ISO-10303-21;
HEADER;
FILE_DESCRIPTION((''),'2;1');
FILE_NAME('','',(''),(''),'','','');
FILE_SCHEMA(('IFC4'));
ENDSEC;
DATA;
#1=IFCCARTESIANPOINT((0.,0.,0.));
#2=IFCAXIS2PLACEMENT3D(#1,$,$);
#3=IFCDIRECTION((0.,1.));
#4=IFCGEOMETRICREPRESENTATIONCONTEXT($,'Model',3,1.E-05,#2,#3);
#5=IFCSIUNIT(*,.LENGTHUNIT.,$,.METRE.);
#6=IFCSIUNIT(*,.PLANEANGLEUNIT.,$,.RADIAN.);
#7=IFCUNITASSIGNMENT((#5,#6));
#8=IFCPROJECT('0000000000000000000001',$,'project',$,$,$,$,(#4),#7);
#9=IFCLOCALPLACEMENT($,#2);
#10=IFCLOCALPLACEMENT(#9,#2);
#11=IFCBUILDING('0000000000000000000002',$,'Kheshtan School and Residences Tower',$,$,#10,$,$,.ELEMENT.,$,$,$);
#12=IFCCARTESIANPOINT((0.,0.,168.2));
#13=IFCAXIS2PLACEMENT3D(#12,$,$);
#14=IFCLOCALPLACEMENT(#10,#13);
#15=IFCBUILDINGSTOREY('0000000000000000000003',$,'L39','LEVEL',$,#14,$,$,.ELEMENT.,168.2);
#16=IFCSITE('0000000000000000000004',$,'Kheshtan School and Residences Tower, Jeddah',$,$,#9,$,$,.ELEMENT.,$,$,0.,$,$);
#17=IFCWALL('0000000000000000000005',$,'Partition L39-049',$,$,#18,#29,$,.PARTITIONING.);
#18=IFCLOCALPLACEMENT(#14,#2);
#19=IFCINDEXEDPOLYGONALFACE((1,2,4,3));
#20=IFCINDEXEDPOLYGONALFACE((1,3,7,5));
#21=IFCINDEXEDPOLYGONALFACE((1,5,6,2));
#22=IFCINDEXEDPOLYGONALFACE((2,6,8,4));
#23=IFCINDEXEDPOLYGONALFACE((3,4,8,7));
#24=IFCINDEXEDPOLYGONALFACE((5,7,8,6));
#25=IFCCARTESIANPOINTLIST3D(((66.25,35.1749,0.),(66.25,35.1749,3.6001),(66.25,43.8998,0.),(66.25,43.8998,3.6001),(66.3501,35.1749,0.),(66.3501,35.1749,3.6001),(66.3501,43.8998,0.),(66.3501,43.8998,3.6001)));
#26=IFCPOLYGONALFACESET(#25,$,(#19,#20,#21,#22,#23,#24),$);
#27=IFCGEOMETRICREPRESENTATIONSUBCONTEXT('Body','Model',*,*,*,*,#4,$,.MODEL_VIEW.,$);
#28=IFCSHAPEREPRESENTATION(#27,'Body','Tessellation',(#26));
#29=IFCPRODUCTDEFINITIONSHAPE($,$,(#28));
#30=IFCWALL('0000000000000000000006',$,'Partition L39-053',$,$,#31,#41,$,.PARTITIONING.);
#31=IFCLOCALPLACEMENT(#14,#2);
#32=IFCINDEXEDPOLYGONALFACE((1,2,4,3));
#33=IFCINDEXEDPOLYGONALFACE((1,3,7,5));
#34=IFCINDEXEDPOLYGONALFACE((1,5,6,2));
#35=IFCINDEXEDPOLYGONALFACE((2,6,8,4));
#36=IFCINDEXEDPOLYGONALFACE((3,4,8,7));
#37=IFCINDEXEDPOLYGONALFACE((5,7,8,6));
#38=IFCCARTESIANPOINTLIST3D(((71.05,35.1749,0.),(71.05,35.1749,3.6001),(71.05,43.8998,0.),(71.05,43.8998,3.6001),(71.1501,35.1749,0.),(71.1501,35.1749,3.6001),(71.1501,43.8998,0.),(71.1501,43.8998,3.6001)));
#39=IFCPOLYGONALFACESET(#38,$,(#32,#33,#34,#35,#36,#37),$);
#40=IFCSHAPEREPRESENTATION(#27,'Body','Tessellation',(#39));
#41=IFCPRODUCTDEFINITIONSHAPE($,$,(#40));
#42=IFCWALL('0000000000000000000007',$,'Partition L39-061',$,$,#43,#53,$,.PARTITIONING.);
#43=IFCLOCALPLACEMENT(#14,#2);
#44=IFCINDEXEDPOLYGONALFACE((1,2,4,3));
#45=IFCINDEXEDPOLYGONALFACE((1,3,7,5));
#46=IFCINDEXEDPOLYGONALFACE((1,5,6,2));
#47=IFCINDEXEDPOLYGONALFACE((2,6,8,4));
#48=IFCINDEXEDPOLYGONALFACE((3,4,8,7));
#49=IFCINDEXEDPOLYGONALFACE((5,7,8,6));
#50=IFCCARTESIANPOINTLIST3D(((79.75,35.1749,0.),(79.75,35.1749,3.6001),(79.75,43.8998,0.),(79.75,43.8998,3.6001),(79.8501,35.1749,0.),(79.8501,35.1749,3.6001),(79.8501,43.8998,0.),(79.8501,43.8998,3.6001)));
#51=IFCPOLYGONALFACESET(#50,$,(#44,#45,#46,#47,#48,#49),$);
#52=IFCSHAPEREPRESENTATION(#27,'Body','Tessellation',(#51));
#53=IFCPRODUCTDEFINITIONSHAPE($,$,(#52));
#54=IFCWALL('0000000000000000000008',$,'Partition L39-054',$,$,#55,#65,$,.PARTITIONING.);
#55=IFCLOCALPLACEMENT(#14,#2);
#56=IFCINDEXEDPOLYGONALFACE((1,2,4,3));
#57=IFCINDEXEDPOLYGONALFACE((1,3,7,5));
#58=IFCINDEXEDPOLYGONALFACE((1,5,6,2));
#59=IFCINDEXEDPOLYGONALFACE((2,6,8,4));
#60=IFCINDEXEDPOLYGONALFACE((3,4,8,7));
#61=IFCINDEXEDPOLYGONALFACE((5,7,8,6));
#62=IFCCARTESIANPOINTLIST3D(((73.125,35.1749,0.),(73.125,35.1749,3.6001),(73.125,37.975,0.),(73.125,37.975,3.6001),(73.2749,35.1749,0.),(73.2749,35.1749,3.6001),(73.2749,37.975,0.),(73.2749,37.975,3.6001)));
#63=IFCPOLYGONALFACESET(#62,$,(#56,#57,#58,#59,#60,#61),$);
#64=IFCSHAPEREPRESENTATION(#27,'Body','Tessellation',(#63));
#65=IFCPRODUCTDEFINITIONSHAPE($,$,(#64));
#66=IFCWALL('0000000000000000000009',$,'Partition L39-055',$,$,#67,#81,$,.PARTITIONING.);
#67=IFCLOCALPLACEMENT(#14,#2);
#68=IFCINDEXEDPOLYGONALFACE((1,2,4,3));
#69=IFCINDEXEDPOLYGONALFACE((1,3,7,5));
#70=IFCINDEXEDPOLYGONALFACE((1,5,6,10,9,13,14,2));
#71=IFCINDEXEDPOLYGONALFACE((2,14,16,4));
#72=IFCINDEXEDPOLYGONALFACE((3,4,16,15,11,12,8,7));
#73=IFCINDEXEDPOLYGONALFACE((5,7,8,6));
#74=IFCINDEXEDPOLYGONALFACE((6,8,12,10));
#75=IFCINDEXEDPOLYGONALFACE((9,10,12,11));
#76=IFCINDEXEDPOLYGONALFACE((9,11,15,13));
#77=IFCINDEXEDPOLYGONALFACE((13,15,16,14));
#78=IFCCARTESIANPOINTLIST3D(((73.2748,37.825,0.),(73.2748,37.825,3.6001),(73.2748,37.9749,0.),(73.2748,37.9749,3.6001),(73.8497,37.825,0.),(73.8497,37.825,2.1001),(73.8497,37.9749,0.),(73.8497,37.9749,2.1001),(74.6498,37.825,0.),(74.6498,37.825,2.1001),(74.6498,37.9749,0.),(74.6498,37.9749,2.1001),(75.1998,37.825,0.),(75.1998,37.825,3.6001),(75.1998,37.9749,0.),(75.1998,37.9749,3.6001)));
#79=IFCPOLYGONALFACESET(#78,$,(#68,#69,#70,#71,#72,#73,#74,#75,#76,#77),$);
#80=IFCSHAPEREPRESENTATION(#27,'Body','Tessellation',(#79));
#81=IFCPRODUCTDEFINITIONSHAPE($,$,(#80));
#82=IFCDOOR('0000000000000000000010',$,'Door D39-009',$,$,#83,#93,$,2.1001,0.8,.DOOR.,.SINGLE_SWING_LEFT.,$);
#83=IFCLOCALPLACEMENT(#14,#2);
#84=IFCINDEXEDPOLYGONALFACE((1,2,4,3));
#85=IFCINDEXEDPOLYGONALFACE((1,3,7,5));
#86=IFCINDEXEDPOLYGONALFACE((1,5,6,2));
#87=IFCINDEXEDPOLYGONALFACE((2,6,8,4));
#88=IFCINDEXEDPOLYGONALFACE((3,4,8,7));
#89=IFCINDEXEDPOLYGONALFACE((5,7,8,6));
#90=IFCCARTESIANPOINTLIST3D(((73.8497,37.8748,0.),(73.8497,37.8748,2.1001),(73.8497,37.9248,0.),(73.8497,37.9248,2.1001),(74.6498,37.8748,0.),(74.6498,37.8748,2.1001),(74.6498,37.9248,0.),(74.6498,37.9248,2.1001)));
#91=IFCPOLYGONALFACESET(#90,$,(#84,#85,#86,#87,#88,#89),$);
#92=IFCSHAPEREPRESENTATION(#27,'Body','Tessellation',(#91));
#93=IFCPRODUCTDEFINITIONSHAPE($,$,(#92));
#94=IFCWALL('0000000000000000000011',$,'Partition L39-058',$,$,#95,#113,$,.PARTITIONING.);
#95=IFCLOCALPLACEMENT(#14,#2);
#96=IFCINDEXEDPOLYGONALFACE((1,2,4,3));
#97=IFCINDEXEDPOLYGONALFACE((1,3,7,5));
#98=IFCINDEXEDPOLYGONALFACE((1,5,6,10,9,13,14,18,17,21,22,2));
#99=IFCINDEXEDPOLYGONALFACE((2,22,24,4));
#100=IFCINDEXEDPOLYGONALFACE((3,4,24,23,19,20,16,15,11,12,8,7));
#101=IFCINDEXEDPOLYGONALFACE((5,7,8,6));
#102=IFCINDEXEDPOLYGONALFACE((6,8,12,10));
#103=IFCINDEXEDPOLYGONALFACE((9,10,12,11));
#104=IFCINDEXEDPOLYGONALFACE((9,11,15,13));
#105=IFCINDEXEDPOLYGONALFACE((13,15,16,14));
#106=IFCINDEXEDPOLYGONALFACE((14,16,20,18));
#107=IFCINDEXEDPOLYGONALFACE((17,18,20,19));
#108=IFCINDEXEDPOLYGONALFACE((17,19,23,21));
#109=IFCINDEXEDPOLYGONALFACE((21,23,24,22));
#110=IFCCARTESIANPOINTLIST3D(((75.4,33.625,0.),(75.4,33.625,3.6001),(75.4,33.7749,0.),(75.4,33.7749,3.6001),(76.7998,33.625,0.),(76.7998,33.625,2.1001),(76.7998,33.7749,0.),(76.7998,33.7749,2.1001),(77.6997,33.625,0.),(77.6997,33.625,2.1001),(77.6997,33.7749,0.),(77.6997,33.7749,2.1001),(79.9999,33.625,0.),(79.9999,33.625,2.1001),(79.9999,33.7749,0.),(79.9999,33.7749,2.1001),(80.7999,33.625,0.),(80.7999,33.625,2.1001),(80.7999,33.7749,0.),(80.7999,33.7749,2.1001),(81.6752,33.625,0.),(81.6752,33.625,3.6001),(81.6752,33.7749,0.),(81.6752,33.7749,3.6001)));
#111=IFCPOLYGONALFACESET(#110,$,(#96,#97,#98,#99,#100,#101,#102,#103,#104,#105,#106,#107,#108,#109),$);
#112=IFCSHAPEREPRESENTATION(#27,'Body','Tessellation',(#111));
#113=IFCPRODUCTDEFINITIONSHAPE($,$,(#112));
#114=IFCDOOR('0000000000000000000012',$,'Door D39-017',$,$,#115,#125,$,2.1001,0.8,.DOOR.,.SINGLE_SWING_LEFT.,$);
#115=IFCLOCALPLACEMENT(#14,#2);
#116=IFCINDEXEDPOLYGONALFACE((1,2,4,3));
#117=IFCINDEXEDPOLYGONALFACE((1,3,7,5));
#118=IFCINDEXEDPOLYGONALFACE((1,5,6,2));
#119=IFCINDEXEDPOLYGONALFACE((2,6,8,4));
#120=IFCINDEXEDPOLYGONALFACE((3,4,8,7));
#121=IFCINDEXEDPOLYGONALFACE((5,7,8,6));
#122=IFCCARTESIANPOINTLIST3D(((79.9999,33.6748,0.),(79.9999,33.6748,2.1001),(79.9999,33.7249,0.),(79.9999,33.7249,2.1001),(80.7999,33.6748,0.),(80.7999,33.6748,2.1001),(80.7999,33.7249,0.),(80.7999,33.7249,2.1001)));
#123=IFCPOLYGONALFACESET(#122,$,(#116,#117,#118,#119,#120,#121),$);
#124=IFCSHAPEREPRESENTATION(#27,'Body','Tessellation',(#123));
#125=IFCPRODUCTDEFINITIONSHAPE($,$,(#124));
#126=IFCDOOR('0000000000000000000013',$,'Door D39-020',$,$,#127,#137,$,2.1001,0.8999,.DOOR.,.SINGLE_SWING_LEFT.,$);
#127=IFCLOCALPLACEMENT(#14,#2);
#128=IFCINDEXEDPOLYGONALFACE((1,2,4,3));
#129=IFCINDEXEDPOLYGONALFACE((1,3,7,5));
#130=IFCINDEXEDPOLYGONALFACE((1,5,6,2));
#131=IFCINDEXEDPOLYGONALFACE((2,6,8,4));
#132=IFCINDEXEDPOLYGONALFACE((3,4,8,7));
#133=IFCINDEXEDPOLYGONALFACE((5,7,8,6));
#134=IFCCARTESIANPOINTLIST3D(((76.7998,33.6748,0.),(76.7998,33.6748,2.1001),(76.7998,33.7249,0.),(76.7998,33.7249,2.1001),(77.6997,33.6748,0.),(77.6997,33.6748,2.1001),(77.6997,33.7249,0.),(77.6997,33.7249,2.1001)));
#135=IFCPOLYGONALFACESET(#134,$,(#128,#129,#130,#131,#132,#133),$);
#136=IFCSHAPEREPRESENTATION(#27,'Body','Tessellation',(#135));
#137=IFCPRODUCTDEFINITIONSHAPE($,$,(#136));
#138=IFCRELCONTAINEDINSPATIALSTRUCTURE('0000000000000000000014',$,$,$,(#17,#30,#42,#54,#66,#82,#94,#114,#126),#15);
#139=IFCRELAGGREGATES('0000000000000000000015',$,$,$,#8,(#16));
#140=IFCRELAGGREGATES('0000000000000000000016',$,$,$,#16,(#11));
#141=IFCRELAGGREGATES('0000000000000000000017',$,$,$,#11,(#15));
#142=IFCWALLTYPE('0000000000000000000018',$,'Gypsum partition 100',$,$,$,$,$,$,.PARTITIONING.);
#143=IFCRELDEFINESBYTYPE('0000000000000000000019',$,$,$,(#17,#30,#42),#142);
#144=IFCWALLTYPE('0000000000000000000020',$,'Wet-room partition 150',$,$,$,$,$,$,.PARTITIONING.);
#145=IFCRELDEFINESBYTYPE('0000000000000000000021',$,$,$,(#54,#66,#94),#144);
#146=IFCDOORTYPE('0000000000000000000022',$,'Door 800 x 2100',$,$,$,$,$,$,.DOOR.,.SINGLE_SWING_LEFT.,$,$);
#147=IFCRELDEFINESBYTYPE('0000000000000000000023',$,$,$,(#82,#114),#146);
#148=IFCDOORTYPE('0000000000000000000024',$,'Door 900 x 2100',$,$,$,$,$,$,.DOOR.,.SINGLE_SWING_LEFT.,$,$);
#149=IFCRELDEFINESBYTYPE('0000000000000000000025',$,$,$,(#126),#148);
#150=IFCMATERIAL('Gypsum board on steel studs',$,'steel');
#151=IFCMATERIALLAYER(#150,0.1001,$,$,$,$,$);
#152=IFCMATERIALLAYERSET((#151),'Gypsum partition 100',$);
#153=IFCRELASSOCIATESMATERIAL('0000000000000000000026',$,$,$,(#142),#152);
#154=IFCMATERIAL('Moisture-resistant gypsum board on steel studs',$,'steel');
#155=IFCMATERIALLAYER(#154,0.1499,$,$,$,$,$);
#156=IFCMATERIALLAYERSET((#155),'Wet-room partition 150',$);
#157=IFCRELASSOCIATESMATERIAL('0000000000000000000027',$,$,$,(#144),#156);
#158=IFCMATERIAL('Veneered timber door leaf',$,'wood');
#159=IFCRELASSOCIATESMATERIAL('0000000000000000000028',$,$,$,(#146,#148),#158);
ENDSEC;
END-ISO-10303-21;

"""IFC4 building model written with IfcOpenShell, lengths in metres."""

from ifc_helpers import new_model, si_unit, direction, frame, frame_2d, origin, place, context, subcontext, project, spatial, rectangle, extrude, source, transform, mapped, material, layer, layer_set, type_object, element, fill, save


model = new_model("IFC4")

# Units and contexts
model_context = context("Model", 3, precision=1e-05, world=origin(), true_north=direction((0.0, 1.0)))
body_context = subcontext(model_context, "Body", "Model", "MODEL_VIEW")
ifc_project = project(units=[si_unit("LENGTHUNIT", "METRE"), si_unit("PLANEANGLEUNIT", "RADIAN")], contexts=[model_context])

# Site, building, storey
site_placement = place(None, origin())
site = spatial("IfcSite", under=ifc_project, at=site_placement, Name="Kheshtan School and Residences Tower, Jeddah", CompositionType="ELEMENT", RefElevation=0.0)
building_placement = place(site_placement, origin())
building = spatial("IfcBuilding", under=site, at=building_placement, Name="Kheshtan School and Residences Tower", CompositionType="ELEMENT")
storey_placement = place(building_placement, frame((0.0, 0.0, 168.2)))
storey = spatial("IfcBuildingStorey", under=building, at=storey_placement, Name="L39", Description="LEVEL", CompositionType="ELEMENT", Elevation=168.2)

# Walls
ifc_material_1 = material(Name="Gypsum board on steel studs", Category="steel")
ifc_layer_1 = layer(ifc_material_1, 0.1001)
ifc_layer_set_1 = layer_set([ifc_layer_1], Name="Gypsum partition 100")
wall_type_1 = type_object("IfcWallType", Name="Gypsum partition 100", PredefinedType="PARTITIONING", material=ifc_layer_set_1)
for number, where, z_axis, x_axis, name in (
    (1, (66.3, 35.175, 0.0), (0.0, 0.0, 1.0), (0.0, 1.0, 0.0), "Partition L39-049"),
    (2, (71.1001, 35.175, 0.0), (0.0, 0.0, 1.0), (0.0, 1.0, 0.0), "Partition L39-053"),
    (3, (79.8, 35.175, 0.0), (0.0, 0.0, 1.0), (0.0, 1.0, 0.0), "Partition L39-061"),
):
    element("IfcWall", number, at=place(storey_placement, frame(where, z_axis=z_axis, x_axis=x_axis)), inside=storey, type_object=wall_type_1, Name=name, PredefinedType="PARTITIONING", context=body_context, shape_type="SweptSolid", body=[
        extrude(rectangle(XDim=8.7249, YDim=0.1001, at=frame_2d((4.3623, 0.0))), origin(), (0.0, 0.0, 1.0), 3.6001),
    ])
ifc_material_2 = material(Name="Moisture-resistant gypsum board on steel studs", Category="steel")
ifc_layer_2 = layer(ifc_material_2, 0.1499)
ifc_layer_set_2 = layer_set([ifc_layer_2], Name="Wet-room partition 150")
wall_type_2 = type_object("IfcWallType", Name="Wet-room partition 150", PredefinedType="PARTITIONING", material=ifc_layer_set_2)
wall_1_placement = place(storey_placement, frame((73.2, 35.175, 0.0), z_axis=(0.0, 0.0, 1.0), x_axis=(0.0, 1.0, 0.0)))
element("IfcWall", 4, at=wall_1_placement, inside=storey, type_object=wall_type_2, Name="Partition L39-054", PredefinedType="PARTITIONING", context=body_context, shape_type="SweptSolid", body=[
    extrude(rectangle(XDim=2.8, YDim=0.1499, at=frame_2d((1.3999, 0.0))), origin(), (0.0, 0.0, 1.0), 3.6001),
])

# Wall, opening, door
wall_2_placement = place(storey_placement, frame((73.2749, 37.8999, 0.0), z_axis=(0.0, 0.0, 1.0), x_axis=(1.0, 0.0, 0.0)))
wall_2 = element("IfcWall", 5, at=wall_2_placement, inside=storey, type_object=wall_type_2, Name="Partition L39-055", PredefinedType="PARTITIONING", context=body_context, shape_type="SweptSolid", body=[
    extrude(rectangle(XDim=1.925, YDim=0.1499, at=frame_2d((0.9624, 0.0))), origin(), (0.0, 0.0, 1.0), 3.6001),
])
opening_1_placement = place(wall_2_placement, frame((0.575, 0.0, 0.0)))
opening_1 = element("IfcOpeningElement", 6, at=opening_1_placement, cuts=wall_2, PredefinedType="OPENING", context=body_context, shape_type="SweptSolid", body=[
    extrude(rectangle(XDim=0.8, YDim=2.1001, at=frame_2d((0.3999, 1.05))), frame((0.0, 0.085, 0.0), z_axis=(0.0, -1.0, 0.0), x_axis=(1.0, 0.0, 0.0)), (0.0, 0.0, 1.0), 0.1699),
])
ifc_material_3 = material(Name="Veneered timber door leaf", Category="wood")
door_type_1 = type_object("IfcDoorType", Name="Door 800 x 2100", OperationType="SINGLE_SWING_LEFT", PredefinedType="DOOR", material=ifc_material_3)
shared_shape_1 = source(origin(), body_context, "Body", "SweptSolid", [
    extrude(rectangle(XDim=0.8, YDim=2.1001, at=frame_2d((0.3999, 1.05))), frame((0.0, 0.0249, 0.0), z_axis=(0.0, -1.0, 0.0), x_axis=(1.0, 0.0, 0.0)), (0.0, 0.0, 1.0), 0.05),
])
door_1_placement = place(opening_1_placement, origin())
door_1 = element("IfcDoor", 7, at=door_1_placement, inside=storey, type_object=door_type_1, Name="Door D39-009", OperationType="SINGLE_SWING_LEFT", OverallHeight=2.1001, OverallWidth=0.8, PredefinedType="DOOR", context=body_context, shape_type="MappedRepresentation", body=[
    mapped(shared_shape_1, transform((0.0, 0.0, 0.0), x_axis=(1.0, 0.0, 0.0), y_axis=(0.0, 1.0, 0.0), z_axis=(0.0, 0.0, 1.0), scale=1.0)),
])
fill(opening_1, door_1)

# Wall, openings, doors
wall_3_placement = place(storey_placement, frame((75.3999, 33.7, 0.0), z_axis=(0.0, 0.0, 1.0), x_axis=(1.0, 0.0, 0.0)))
wall_3 = element("IfcWall", 8, at=wall_3_placement, inside=storey, type_object=wall_type_2, Name="Partition L39-058", PredefinedType="PARTITIONING", context=body_context, shape_type="SweptSolid", body=[
    extrude(rectangle(XDim=6.2751, YDim=0.1499, at=frame_2d((3.1377, 0.0))), origin(), (0.0, 0.0, 1.0), 3.6001),
])
opening_2_placement = place(wall_3_placement, frame((4.6001, 0.0, 0.0)))
opening_2 = element("IfcOpeningElement", 9, at=opening_2_placement, cuts=wall_3, PredefinedType="OPENING", context=body_context, shape_type="SweptSolid", body=[
    extrude(rectangle(XDim=0.8, YDim=2.1001, at=frame_2d((0.3999, 1.05))), frame((0.0, 0.085, 0.0), z_axis=(0.0, -1.0, 0.0), x_axis=(1.0, 0.0, 0.0)), (0.0, 0.0, 1.0), 0.1699),
])
opening_3_placement = place(wall_3_placement, frame((1.3999, 0.0, 0.0)))
opening_3 = element("IfcOpeningElement", 10, at=opening_3_placement, cuts=wall_3, PredefinedType="OPENING", context=body_context, shape_type="SweptSolid", body=[
    extrude(rectangle(XDim=0.8999, YDim=2.1001, at=frame_2d((0.45, 1.05))), frame((0.0, 0.085, 0.0), z_axis=(0.0, -1.0, 0.0), x_axis=(1.0, 0.0, 0.0)), (0.0, 0.0, 1.0), 0.1699),
])
door_2_placement = place(opening_2_placement, origin())
door_2 = element("IfcDoor", 11, at=door_2_placement, inside=storey, type_object=door_type_1, Name="Door D39-017", OperationType="SINGLE_SWING_LEFT", OverallHeight=2.1001, OverallWidth=0.8, PredefinedType="DOOR", context=body_context, shape_type="MappedRepresentation", body=[
    mapped(shared_shape_1, transform((0.0, 0.0, 0.0), x_axis=(1.0, 0.0, 0.0), y_axis=(0.0, 1.0, 0.0), z_axis=(0.0, 0.0, 1.0), scale=1.0)),
])
fill(opening_2, door_2)
door_type_2 = type_object("IfcDoorType", Name="Door 900 x 2100", OperationType="SINGLE_SWING_LEFT", PredefinedType="DOOR", material=ifc_material_3)
shared_shape_2 = source(origin(), body_context, "Body", "SweptSolid", [
    extrude(rectangle(XDim=0.8999, YDim=2.1001, at=frame_2d((0.45, 1.05))), frame((0.0, 0.0249, 0.0), z_axis=(0.0, -1.0, 0.0), x_axis=(1.0, 0.0, 0.0)), (0.0, 0.0, 1.0), 0.05),
])
door_3_placement = place(opening_3_placement, origin())
door_3 = element("IfcDoor", 12, at=door_3_placement, inside=storey, type_object=door_type_2, Name="Door D39-020", OperationType="SINGLE_SWING_LEFT", OverallHeight=2.1001, OverallWidth=0.8999, PredefinedType="DOOR", context=body_context, shape_type="MappedRepresentation", body=[
    mapped(shared_shape_2, transform((0.0, 0.0, 0.0), x_axis=(1.0, 0.0, 0.0), y_axis=(0.0, 1.0, 0.0), z_axis=(0.0, 0.0, 1.0), scale=1.0)),
])
fill(opening_3, door_3)

save(model, "model.ifc")
